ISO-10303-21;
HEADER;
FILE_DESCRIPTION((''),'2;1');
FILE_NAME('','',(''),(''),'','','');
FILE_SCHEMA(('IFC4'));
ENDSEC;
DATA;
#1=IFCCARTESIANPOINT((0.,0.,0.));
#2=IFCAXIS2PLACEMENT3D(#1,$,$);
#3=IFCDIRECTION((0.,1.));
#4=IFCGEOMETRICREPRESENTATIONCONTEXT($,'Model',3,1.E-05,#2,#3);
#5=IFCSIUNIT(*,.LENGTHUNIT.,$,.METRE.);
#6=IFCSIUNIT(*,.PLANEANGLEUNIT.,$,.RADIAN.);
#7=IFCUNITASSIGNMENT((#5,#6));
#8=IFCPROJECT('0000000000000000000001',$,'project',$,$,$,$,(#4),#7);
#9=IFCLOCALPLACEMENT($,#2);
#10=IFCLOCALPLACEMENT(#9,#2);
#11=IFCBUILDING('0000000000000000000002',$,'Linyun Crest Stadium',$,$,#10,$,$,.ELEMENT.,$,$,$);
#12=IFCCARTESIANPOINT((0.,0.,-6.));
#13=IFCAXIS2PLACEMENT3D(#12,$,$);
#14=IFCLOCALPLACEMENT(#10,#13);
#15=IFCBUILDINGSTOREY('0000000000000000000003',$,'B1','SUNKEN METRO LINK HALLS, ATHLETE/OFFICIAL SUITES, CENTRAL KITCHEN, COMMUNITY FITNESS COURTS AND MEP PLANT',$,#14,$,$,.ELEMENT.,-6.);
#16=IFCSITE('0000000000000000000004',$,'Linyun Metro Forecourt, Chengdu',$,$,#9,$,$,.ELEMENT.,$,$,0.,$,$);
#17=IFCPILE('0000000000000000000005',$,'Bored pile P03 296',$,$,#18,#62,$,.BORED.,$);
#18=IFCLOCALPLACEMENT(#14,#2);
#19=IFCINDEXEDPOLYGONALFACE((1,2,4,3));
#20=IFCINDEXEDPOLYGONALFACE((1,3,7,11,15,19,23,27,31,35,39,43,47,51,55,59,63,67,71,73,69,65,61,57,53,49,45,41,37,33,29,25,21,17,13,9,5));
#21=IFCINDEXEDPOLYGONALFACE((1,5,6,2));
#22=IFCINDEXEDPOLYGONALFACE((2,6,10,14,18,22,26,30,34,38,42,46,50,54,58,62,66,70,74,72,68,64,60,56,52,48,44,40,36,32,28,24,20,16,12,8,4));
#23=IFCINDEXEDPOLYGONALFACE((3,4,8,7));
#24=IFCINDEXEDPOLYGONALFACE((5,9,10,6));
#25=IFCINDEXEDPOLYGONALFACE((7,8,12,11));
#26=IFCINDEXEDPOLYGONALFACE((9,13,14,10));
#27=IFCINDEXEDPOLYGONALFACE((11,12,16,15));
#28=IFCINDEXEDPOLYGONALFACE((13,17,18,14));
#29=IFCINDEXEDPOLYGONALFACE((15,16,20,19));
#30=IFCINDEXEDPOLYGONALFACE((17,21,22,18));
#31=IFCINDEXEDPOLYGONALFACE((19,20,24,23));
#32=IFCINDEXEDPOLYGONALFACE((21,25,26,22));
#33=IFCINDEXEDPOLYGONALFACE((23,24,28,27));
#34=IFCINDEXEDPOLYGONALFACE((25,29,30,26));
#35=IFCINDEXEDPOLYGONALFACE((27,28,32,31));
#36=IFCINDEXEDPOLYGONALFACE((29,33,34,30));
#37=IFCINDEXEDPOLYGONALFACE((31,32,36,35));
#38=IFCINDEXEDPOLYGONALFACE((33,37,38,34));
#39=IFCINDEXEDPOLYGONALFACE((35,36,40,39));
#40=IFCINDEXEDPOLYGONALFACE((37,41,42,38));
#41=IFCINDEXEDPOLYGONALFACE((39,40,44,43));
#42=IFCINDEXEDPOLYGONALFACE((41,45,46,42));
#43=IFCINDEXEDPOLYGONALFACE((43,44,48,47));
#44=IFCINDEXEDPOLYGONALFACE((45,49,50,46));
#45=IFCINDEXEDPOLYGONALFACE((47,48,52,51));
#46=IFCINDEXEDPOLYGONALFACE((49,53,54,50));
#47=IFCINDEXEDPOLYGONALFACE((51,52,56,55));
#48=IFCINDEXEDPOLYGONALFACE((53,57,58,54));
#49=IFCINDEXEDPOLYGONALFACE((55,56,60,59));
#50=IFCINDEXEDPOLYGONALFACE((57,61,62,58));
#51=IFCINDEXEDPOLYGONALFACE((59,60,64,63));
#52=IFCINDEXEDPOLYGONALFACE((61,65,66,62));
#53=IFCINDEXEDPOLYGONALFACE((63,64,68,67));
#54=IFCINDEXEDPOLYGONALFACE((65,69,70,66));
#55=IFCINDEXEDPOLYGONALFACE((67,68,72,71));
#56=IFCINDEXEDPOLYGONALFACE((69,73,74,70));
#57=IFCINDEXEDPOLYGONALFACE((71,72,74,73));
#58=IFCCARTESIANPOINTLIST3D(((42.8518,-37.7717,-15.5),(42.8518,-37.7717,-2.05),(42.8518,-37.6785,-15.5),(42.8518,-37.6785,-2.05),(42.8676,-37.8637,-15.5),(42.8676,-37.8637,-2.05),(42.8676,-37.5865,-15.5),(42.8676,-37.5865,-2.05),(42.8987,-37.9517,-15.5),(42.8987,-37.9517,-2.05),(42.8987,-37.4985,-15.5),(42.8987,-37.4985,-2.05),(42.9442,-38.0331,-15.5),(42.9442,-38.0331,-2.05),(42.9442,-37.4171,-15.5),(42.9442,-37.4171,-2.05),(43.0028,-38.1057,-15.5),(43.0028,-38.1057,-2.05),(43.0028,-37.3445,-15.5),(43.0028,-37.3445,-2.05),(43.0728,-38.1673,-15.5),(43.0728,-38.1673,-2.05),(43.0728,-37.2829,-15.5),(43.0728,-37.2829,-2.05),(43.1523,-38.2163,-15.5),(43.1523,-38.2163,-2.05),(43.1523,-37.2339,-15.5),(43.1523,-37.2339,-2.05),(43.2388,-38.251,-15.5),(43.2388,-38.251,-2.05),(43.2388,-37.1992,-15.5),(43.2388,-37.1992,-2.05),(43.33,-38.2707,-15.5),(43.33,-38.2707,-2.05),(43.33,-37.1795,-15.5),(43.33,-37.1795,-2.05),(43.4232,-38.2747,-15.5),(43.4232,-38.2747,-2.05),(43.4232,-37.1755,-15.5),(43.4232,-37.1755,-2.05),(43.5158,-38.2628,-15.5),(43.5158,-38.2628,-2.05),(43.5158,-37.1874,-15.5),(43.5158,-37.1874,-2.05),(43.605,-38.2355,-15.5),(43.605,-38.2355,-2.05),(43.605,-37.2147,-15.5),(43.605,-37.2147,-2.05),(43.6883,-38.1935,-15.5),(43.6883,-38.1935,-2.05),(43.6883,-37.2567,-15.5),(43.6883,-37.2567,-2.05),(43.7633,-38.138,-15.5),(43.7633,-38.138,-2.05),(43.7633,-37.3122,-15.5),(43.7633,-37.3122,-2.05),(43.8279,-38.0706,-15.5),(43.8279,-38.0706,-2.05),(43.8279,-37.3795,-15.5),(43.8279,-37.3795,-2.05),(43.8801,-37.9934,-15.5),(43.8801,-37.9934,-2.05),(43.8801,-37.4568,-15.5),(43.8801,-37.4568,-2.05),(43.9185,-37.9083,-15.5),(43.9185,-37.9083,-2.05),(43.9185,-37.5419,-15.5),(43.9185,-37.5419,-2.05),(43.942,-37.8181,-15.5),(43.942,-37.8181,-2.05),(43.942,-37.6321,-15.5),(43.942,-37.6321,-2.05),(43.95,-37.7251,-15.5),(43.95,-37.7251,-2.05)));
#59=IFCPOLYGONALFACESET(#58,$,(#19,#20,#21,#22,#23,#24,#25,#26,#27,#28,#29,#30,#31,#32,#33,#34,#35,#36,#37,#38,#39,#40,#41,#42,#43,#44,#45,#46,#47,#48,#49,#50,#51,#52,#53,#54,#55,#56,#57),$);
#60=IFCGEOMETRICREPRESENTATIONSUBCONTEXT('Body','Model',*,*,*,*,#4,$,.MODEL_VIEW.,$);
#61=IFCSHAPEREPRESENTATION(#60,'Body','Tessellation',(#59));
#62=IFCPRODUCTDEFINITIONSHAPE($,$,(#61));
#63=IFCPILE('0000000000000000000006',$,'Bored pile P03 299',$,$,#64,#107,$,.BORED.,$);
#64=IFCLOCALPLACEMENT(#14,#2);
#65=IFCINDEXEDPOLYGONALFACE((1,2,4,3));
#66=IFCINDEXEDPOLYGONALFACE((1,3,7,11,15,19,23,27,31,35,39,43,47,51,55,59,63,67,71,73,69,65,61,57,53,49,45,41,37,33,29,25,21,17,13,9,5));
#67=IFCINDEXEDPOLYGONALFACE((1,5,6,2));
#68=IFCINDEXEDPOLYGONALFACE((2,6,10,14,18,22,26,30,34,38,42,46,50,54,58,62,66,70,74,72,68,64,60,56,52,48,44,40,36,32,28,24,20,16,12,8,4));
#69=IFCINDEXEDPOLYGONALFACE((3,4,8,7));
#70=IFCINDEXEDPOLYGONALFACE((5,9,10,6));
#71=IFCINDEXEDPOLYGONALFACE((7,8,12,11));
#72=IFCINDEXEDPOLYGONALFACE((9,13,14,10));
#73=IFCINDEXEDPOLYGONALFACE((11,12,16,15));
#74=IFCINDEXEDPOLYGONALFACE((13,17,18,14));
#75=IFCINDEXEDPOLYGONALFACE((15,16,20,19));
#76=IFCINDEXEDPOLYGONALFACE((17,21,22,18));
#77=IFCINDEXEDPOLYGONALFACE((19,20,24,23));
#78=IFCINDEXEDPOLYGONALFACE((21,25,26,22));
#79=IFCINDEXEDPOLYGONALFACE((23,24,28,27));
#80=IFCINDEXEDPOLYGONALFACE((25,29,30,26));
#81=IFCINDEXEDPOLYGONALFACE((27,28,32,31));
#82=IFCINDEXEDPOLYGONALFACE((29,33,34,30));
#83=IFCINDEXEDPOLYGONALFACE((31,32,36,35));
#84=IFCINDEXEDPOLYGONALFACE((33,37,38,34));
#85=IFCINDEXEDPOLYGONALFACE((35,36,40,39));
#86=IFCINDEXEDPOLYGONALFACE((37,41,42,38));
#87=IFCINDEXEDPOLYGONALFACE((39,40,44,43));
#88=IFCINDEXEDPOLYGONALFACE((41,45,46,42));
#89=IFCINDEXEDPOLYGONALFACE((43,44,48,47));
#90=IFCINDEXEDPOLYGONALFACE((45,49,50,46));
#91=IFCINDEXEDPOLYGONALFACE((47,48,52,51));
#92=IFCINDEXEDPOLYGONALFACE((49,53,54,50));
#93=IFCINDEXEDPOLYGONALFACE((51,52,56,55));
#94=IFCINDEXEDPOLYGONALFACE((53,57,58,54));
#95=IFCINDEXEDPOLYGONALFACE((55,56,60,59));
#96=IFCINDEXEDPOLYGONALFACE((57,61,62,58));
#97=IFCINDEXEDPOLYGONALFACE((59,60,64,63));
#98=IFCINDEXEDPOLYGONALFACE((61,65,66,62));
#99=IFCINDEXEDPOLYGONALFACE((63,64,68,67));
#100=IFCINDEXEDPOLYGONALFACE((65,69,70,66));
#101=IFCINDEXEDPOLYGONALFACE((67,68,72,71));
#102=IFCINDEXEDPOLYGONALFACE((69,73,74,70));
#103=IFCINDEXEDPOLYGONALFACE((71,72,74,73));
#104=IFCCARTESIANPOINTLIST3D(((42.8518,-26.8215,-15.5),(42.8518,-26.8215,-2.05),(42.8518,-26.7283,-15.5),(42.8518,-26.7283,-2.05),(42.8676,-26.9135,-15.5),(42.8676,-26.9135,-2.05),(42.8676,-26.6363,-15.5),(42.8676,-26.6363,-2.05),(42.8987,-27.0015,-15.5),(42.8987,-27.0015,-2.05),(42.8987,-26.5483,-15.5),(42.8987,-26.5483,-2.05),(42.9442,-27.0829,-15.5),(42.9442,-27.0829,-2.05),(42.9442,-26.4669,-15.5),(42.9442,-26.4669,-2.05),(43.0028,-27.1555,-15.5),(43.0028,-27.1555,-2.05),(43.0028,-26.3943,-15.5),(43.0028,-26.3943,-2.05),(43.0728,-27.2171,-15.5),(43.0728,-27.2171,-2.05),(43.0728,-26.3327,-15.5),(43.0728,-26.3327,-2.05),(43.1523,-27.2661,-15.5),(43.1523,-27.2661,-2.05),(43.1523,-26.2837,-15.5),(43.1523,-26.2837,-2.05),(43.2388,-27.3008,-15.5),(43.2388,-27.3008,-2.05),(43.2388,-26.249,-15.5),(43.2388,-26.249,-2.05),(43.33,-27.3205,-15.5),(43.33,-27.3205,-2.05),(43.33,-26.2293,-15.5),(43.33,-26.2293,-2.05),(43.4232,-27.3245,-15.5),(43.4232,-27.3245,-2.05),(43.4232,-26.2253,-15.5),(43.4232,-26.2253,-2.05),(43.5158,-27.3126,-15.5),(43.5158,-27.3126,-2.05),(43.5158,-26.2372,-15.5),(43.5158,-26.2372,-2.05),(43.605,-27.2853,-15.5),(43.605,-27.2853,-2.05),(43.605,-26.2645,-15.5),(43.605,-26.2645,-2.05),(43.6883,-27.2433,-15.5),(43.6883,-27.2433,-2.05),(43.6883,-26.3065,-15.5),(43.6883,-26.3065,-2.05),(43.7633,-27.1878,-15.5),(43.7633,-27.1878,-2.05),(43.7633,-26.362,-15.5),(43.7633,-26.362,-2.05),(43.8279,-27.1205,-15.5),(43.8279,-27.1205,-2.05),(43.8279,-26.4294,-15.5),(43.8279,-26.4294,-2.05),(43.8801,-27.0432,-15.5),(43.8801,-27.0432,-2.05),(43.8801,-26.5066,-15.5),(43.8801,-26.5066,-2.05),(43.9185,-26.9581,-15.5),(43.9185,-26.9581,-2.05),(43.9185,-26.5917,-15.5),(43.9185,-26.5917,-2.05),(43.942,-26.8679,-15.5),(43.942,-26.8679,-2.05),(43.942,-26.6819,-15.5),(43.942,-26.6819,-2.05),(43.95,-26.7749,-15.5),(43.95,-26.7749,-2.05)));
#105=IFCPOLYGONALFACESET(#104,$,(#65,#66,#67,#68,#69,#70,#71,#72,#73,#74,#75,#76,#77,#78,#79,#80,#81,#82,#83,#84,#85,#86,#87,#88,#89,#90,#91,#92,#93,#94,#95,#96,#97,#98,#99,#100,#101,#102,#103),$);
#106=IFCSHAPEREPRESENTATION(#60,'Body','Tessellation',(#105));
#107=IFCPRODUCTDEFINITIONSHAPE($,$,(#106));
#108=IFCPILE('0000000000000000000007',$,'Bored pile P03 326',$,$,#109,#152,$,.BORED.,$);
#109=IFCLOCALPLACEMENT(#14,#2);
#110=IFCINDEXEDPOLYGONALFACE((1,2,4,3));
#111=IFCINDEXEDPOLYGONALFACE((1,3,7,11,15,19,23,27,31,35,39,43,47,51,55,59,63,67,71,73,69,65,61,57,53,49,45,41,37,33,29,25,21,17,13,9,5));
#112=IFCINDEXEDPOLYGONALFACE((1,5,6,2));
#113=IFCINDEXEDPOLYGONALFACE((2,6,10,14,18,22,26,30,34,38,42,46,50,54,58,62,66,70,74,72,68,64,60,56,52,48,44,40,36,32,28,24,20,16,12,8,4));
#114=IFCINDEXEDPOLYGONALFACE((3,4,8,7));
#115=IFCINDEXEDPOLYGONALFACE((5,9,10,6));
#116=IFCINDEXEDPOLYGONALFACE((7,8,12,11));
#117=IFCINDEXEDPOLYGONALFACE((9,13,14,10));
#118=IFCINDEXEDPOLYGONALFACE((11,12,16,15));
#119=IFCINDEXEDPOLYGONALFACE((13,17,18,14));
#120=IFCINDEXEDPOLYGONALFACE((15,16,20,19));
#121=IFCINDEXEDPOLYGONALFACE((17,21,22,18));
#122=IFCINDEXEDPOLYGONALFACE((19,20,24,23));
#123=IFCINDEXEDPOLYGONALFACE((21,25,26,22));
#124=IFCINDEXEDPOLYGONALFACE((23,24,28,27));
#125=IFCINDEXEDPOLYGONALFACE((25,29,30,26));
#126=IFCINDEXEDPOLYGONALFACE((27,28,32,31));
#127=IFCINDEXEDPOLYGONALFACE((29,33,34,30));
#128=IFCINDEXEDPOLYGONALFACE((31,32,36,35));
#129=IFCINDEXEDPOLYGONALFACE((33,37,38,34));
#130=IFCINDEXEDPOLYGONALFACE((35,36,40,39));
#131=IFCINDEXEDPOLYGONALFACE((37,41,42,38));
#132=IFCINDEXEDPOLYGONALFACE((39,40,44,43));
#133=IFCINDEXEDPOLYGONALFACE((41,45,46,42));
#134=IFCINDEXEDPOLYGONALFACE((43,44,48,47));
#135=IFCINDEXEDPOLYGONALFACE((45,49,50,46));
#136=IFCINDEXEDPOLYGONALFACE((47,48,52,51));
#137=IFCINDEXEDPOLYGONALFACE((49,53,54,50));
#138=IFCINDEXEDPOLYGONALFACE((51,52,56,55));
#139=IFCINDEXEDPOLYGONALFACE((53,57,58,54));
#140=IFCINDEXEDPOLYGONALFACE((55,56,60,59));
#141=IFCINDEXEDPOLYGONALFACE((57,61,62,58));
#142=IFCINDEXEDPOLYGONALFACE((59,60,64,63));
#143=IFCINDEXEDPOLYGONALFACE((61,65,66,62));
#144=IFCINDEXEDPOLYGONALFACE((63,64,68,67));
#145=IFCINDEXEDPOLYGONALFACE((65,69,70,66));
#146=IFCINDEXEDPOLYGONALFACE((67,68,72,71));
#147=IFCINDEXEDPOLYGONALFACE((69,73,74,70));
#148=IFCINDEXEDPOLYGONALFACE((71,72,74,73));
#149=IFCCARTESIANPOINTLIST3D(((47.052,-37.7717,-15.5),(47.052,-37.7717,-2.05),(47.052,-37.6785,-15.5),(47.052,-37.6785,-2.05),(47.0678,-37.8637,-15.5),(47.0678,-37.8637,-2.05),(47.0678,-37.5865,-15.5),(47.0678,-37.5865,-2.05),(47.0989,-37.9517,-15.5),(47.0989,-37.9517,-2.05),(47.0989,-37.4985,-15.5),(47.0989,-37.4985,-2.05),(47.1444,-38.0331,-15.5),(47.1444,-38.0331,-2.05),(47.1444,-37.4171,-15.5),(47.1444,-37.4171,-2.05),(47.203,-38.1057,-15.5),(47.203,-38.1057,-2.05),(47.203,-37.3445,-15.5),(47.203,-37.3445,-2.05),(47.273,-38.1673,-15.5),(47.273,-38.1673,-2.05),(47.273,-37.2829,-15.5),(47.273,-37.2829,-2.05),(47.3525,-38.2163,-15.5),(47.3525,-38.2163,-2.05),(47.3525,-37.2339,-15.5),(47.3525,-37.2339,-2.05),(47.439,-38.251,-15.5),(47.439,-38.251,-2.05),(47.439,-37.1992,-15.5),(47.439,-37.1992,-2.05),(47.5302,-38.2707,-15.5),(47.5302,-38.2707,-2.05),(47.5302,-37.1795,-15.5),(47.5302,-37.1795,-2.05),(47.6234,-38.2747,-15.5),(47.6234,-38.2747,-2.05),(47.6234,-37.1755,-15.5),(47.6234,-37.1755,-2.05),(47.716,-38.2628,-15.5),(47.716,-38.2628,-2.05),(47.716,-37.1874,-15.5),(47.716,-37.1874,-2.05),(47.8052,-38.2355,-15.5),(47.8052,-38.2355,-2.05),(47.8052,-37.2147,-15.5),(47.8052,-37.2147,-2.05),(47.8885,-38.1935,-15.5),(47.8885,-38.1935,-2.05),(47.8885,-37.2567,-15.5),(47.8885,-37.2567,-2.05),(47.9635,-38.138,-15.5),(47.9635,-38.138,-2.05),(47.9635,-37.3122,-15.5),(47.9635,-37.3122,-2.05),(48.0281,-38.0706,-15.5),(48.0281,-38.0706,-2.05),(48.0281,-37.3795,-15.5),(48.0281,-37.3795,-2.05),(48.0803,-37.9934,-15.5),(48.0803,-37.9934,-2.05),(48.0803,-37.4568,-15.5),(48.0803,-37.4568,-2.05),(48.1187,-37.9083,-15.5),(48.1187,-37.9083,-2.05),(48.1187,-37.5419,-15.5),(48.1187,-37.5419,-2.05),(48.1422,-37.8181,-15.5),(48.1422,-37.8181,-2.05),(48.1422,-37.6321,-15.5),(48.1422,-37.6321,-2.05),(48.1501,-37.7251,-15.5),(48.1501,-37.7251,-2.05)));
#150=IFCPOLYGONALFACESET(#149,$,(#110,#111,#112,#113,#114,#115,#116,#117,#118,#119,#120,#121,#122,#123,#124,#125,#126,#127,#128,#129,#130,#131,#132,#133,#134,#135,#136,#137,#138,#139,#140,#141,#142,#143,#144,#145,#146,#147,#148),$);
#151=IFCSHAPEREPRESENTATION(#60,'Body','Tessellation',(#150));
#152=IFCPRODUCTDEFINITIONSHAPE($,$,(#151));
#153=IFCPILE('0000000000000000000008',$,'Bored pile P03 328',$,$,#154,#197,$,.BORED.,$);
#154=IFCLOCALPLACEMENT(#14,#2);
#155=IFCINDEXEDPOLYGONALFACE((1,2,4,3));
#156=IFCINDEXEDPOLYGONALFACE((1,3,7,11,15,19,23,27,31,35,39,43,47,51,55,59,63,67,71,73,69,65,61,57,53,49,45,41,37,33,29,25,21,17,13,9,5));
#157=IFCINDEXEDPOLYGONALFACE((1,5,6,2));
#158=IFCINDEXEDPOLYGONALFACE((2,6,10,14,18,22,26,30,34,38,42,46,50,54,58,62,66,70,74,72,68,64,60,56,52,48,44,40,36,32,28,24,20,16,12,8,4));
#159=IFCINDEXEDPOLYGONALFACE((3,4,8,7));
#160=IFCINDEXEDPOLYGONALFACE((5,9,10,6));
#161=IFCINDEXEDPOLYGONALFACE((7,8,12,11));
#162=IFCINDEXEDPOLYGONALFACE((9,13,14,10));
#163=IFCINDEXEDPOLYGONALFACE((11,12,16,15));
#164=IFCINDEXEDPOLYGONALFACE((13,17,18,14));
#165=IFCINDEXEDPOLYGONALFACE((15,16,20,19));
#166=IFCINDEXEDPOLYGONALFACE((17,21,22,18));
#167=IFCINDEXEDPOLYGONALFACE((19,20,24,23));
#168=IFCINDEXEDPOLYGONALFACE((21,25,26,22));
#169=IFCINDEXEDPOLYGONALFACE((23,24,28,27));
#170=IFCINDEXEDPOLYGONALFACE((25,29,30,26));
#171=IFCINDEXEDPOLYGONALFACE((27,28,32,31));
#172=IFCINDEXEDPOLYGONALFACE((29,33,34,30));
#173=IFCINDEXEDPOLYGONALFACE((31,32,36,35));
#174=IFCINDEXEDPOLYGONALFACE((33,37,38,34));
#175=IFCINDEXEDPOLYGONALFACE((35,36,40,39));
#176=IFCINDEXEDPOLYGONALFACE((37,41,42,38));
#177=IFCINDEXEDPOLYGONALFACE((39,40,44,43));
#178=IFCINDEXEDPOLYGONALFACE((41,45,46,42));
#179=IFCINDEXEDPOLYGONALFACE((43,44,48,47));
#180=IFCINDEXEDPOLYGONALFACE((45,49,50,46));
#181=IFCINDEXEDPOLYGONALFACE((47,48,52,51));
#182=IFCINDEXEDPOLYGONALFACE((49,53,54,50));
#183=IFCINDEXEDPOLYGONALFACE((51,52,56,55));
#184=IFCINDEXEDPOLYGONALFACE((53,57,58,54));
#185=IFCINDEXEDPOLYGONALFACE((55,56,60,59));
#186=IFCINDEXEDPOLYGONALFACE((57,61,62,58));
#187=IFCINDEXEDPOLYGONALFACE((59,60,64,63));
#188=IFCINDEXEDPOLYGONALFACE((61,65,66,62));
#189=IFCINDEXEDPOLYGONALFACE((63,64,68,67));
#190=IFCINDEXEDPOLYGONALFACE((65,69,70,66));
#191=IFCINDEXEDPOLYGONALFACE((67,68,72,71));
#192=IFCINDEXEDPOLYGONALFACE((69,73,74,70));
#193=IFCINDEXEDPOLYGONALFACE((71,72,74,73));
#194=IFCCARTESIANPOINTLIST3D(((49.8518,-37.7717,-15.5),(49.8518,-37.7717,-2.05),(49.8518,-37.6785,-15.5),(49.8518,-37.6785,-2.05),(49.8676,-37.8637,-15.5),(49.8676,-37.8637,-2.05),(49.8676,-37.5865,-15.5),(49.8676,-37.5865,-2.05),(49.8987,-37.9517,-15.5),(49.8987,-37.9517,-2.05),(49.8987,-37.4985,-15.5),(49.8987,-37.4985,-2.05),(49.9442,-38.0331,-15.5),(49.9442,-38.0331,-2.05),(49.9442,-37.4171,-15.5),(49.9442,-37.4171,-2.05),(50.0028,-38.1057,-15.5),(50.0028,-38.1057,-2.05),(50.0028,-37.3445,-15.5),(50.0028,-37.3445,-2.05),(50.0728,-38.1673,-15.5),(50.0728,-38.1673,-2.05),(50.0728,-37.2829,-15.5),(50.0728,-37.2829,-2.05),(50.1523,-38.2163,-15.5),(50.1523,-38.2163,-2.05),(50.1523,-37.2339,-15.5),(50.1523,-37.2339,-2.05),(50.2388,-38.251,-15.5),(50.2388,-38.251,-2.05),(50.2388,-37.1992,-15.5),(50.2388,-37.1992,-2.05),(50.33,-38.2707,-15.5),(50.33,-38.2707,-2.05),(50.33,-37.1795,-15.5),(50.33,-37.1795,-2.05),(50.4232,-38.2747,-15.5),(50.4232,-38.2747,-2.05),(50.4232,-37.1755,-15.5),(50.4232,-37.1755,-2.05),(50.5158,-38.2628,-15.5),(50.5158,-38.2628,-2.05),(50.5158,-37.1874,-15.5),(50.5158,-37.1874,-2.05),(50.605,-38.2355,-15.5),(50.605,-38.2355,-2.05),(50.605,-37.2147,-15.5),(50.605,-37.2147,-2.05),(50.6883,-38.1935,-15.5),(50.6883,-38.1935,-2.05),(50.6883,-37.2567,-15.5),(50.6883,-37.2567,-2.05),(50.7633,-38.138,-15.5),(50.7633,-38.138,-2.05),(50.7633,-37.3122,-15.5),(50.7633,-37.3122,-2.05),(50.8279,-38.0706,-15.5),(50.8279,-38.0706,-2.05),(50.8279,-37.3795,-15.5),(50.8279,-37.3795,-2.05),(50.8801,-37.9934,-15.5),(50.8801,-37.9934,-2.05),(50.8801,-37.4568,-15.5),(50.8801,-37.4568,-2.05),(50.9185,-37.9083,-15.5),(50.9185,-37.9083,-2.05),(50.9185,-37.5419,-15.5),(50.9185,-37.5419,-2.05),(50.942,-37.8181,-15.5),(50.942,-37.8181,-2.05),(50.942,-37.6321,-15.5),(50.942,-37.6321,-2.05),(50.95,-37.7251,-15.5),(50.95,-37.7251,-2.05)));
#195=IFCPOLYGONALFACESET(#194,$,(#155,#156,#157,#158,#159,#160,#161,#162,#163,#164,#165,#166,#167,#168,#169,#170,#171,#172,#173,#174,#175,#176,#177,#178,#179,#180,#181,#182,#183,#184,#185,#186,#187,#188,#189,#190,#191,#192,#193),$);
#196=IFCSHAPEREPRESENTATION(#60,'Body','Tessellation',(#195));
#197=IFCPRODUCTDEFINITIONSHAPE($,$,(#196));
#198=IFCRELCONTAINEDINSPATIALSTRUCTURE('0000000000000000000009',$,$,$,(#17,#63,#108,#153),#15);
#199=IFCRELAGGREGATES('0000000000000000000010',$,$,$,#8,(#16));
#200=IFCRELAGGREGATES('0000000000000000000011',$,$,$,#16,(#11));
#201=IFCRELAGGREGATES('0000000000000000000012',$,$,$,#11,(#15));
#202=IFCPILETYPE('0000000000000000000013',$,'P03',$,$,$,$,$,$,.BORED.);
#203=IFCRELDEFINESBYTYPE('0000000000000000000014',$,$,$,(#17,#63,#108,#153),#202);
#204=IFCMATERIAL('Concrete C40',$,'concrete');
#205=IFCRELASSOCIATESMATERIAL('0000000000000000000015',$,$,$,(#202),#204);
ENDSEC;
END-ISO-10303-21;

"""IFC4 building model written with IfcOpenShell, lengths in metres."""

from ifc_helpers import new_model, si_unit, direction, frame, origin, origin_2d, place, context, subcontext, project, spatial, circle, extrude, material, material_profile, profile_set, type_object, element, save


model = new_model("IFC4")

# Units and contexts
model_context = context("Model", 3, precision=1e-05, world=origin(), true_north=direction((0.0, 1.0)))
body_context = subcontext(model_context, "Body", "Model", "MODEL_VIEW")
ifc_project = project(units=[si_unit("LENGTHUNIT", "METRE"), si_unit("PLANEANGLEUNIT", "RADIAN")], contexts=[model_context])

# Site, building, storey
site_placement = place(None, origin())
site = spatial("IfcSite", under=ifc_project, at=site_placement, Name="Linyun Metro Forecourt, Chengdu", CompositionType="ELEMENT", RefElevation=0.0)
building_placement = place(site_placement, origin())
building = spatial("IfcBuilding", under=site, at=building_placement, Name="Linyun Crest Stadium", CompositionType="ELEMENT")
storey_placement = place(building_placement, frame((0.0, 0.0, -6.0)))
storey = spatial("IfcBuildingStorey", under=building, at=storey_placement, Name="B1", Description="SUNKEN METRO LINK HALLS, ATHLETE/OFFICIAL SUITES, CENTRAL KITCHEN, COMMUNITY FITNESS COURTS AND MEP PLANT", CompositionType="ELEMENT", Elevation=-6.0)

# Piles
ifc_material_1 = material(Name="Concrete C40", Category="concrete")
ifc_material_profile_1 = material_profile(ifc_material_1, circle(Radius=0.55, at=origin_2d()), Name="BORED PILE 1100")
ifc_profile_set_1 = profile_set([ifc_material_profile_1], Name="Concrete C40")
pile_type = type_object("IfcPileType", Name="P03", PredefinedType="BORED", material=ifc_profile_set_1)
for number, where, z_axis, x_axis, name in (
    (1, (43.3999, -37.7251, -2.05), (0.0, 0.0, -1.0), (1.0, 0.0, 0.0), "Bored pile P03 296"),
    (2, (43.3999, -26.7749, -2.05), (0.0, 0.0, -1.0), (1.0, 0.0, 0.0), "Bored pile P03 299"),
    (3, (47.6001, -37.7251, -2.05), (0.0, 0.0, -1.0), (1.0, 0.0, 0.0), "Bored pile P03 326"),
    (4, (50.3999, -37.7251, -2.05), (0.0, 0.0, -1.0), (1.0, 0.0, 0.0), "Bored pile P03 328"),
):
    element("IfcPile", number, at=place(storey_placement, frame(where, z_axis=z_axis, x_axis=x_axis)), inside=storey, type_object=pile_type, Name=name, PredefinedType="BORED", context=body_context, shape_type="SweptSolid", body=[
        extrude(circle(Radius=0.55, at=origin_2d()), origin(), (0.0, 0.0, 1.0), 13.45),
    ])

save(model, "model.ifc")
